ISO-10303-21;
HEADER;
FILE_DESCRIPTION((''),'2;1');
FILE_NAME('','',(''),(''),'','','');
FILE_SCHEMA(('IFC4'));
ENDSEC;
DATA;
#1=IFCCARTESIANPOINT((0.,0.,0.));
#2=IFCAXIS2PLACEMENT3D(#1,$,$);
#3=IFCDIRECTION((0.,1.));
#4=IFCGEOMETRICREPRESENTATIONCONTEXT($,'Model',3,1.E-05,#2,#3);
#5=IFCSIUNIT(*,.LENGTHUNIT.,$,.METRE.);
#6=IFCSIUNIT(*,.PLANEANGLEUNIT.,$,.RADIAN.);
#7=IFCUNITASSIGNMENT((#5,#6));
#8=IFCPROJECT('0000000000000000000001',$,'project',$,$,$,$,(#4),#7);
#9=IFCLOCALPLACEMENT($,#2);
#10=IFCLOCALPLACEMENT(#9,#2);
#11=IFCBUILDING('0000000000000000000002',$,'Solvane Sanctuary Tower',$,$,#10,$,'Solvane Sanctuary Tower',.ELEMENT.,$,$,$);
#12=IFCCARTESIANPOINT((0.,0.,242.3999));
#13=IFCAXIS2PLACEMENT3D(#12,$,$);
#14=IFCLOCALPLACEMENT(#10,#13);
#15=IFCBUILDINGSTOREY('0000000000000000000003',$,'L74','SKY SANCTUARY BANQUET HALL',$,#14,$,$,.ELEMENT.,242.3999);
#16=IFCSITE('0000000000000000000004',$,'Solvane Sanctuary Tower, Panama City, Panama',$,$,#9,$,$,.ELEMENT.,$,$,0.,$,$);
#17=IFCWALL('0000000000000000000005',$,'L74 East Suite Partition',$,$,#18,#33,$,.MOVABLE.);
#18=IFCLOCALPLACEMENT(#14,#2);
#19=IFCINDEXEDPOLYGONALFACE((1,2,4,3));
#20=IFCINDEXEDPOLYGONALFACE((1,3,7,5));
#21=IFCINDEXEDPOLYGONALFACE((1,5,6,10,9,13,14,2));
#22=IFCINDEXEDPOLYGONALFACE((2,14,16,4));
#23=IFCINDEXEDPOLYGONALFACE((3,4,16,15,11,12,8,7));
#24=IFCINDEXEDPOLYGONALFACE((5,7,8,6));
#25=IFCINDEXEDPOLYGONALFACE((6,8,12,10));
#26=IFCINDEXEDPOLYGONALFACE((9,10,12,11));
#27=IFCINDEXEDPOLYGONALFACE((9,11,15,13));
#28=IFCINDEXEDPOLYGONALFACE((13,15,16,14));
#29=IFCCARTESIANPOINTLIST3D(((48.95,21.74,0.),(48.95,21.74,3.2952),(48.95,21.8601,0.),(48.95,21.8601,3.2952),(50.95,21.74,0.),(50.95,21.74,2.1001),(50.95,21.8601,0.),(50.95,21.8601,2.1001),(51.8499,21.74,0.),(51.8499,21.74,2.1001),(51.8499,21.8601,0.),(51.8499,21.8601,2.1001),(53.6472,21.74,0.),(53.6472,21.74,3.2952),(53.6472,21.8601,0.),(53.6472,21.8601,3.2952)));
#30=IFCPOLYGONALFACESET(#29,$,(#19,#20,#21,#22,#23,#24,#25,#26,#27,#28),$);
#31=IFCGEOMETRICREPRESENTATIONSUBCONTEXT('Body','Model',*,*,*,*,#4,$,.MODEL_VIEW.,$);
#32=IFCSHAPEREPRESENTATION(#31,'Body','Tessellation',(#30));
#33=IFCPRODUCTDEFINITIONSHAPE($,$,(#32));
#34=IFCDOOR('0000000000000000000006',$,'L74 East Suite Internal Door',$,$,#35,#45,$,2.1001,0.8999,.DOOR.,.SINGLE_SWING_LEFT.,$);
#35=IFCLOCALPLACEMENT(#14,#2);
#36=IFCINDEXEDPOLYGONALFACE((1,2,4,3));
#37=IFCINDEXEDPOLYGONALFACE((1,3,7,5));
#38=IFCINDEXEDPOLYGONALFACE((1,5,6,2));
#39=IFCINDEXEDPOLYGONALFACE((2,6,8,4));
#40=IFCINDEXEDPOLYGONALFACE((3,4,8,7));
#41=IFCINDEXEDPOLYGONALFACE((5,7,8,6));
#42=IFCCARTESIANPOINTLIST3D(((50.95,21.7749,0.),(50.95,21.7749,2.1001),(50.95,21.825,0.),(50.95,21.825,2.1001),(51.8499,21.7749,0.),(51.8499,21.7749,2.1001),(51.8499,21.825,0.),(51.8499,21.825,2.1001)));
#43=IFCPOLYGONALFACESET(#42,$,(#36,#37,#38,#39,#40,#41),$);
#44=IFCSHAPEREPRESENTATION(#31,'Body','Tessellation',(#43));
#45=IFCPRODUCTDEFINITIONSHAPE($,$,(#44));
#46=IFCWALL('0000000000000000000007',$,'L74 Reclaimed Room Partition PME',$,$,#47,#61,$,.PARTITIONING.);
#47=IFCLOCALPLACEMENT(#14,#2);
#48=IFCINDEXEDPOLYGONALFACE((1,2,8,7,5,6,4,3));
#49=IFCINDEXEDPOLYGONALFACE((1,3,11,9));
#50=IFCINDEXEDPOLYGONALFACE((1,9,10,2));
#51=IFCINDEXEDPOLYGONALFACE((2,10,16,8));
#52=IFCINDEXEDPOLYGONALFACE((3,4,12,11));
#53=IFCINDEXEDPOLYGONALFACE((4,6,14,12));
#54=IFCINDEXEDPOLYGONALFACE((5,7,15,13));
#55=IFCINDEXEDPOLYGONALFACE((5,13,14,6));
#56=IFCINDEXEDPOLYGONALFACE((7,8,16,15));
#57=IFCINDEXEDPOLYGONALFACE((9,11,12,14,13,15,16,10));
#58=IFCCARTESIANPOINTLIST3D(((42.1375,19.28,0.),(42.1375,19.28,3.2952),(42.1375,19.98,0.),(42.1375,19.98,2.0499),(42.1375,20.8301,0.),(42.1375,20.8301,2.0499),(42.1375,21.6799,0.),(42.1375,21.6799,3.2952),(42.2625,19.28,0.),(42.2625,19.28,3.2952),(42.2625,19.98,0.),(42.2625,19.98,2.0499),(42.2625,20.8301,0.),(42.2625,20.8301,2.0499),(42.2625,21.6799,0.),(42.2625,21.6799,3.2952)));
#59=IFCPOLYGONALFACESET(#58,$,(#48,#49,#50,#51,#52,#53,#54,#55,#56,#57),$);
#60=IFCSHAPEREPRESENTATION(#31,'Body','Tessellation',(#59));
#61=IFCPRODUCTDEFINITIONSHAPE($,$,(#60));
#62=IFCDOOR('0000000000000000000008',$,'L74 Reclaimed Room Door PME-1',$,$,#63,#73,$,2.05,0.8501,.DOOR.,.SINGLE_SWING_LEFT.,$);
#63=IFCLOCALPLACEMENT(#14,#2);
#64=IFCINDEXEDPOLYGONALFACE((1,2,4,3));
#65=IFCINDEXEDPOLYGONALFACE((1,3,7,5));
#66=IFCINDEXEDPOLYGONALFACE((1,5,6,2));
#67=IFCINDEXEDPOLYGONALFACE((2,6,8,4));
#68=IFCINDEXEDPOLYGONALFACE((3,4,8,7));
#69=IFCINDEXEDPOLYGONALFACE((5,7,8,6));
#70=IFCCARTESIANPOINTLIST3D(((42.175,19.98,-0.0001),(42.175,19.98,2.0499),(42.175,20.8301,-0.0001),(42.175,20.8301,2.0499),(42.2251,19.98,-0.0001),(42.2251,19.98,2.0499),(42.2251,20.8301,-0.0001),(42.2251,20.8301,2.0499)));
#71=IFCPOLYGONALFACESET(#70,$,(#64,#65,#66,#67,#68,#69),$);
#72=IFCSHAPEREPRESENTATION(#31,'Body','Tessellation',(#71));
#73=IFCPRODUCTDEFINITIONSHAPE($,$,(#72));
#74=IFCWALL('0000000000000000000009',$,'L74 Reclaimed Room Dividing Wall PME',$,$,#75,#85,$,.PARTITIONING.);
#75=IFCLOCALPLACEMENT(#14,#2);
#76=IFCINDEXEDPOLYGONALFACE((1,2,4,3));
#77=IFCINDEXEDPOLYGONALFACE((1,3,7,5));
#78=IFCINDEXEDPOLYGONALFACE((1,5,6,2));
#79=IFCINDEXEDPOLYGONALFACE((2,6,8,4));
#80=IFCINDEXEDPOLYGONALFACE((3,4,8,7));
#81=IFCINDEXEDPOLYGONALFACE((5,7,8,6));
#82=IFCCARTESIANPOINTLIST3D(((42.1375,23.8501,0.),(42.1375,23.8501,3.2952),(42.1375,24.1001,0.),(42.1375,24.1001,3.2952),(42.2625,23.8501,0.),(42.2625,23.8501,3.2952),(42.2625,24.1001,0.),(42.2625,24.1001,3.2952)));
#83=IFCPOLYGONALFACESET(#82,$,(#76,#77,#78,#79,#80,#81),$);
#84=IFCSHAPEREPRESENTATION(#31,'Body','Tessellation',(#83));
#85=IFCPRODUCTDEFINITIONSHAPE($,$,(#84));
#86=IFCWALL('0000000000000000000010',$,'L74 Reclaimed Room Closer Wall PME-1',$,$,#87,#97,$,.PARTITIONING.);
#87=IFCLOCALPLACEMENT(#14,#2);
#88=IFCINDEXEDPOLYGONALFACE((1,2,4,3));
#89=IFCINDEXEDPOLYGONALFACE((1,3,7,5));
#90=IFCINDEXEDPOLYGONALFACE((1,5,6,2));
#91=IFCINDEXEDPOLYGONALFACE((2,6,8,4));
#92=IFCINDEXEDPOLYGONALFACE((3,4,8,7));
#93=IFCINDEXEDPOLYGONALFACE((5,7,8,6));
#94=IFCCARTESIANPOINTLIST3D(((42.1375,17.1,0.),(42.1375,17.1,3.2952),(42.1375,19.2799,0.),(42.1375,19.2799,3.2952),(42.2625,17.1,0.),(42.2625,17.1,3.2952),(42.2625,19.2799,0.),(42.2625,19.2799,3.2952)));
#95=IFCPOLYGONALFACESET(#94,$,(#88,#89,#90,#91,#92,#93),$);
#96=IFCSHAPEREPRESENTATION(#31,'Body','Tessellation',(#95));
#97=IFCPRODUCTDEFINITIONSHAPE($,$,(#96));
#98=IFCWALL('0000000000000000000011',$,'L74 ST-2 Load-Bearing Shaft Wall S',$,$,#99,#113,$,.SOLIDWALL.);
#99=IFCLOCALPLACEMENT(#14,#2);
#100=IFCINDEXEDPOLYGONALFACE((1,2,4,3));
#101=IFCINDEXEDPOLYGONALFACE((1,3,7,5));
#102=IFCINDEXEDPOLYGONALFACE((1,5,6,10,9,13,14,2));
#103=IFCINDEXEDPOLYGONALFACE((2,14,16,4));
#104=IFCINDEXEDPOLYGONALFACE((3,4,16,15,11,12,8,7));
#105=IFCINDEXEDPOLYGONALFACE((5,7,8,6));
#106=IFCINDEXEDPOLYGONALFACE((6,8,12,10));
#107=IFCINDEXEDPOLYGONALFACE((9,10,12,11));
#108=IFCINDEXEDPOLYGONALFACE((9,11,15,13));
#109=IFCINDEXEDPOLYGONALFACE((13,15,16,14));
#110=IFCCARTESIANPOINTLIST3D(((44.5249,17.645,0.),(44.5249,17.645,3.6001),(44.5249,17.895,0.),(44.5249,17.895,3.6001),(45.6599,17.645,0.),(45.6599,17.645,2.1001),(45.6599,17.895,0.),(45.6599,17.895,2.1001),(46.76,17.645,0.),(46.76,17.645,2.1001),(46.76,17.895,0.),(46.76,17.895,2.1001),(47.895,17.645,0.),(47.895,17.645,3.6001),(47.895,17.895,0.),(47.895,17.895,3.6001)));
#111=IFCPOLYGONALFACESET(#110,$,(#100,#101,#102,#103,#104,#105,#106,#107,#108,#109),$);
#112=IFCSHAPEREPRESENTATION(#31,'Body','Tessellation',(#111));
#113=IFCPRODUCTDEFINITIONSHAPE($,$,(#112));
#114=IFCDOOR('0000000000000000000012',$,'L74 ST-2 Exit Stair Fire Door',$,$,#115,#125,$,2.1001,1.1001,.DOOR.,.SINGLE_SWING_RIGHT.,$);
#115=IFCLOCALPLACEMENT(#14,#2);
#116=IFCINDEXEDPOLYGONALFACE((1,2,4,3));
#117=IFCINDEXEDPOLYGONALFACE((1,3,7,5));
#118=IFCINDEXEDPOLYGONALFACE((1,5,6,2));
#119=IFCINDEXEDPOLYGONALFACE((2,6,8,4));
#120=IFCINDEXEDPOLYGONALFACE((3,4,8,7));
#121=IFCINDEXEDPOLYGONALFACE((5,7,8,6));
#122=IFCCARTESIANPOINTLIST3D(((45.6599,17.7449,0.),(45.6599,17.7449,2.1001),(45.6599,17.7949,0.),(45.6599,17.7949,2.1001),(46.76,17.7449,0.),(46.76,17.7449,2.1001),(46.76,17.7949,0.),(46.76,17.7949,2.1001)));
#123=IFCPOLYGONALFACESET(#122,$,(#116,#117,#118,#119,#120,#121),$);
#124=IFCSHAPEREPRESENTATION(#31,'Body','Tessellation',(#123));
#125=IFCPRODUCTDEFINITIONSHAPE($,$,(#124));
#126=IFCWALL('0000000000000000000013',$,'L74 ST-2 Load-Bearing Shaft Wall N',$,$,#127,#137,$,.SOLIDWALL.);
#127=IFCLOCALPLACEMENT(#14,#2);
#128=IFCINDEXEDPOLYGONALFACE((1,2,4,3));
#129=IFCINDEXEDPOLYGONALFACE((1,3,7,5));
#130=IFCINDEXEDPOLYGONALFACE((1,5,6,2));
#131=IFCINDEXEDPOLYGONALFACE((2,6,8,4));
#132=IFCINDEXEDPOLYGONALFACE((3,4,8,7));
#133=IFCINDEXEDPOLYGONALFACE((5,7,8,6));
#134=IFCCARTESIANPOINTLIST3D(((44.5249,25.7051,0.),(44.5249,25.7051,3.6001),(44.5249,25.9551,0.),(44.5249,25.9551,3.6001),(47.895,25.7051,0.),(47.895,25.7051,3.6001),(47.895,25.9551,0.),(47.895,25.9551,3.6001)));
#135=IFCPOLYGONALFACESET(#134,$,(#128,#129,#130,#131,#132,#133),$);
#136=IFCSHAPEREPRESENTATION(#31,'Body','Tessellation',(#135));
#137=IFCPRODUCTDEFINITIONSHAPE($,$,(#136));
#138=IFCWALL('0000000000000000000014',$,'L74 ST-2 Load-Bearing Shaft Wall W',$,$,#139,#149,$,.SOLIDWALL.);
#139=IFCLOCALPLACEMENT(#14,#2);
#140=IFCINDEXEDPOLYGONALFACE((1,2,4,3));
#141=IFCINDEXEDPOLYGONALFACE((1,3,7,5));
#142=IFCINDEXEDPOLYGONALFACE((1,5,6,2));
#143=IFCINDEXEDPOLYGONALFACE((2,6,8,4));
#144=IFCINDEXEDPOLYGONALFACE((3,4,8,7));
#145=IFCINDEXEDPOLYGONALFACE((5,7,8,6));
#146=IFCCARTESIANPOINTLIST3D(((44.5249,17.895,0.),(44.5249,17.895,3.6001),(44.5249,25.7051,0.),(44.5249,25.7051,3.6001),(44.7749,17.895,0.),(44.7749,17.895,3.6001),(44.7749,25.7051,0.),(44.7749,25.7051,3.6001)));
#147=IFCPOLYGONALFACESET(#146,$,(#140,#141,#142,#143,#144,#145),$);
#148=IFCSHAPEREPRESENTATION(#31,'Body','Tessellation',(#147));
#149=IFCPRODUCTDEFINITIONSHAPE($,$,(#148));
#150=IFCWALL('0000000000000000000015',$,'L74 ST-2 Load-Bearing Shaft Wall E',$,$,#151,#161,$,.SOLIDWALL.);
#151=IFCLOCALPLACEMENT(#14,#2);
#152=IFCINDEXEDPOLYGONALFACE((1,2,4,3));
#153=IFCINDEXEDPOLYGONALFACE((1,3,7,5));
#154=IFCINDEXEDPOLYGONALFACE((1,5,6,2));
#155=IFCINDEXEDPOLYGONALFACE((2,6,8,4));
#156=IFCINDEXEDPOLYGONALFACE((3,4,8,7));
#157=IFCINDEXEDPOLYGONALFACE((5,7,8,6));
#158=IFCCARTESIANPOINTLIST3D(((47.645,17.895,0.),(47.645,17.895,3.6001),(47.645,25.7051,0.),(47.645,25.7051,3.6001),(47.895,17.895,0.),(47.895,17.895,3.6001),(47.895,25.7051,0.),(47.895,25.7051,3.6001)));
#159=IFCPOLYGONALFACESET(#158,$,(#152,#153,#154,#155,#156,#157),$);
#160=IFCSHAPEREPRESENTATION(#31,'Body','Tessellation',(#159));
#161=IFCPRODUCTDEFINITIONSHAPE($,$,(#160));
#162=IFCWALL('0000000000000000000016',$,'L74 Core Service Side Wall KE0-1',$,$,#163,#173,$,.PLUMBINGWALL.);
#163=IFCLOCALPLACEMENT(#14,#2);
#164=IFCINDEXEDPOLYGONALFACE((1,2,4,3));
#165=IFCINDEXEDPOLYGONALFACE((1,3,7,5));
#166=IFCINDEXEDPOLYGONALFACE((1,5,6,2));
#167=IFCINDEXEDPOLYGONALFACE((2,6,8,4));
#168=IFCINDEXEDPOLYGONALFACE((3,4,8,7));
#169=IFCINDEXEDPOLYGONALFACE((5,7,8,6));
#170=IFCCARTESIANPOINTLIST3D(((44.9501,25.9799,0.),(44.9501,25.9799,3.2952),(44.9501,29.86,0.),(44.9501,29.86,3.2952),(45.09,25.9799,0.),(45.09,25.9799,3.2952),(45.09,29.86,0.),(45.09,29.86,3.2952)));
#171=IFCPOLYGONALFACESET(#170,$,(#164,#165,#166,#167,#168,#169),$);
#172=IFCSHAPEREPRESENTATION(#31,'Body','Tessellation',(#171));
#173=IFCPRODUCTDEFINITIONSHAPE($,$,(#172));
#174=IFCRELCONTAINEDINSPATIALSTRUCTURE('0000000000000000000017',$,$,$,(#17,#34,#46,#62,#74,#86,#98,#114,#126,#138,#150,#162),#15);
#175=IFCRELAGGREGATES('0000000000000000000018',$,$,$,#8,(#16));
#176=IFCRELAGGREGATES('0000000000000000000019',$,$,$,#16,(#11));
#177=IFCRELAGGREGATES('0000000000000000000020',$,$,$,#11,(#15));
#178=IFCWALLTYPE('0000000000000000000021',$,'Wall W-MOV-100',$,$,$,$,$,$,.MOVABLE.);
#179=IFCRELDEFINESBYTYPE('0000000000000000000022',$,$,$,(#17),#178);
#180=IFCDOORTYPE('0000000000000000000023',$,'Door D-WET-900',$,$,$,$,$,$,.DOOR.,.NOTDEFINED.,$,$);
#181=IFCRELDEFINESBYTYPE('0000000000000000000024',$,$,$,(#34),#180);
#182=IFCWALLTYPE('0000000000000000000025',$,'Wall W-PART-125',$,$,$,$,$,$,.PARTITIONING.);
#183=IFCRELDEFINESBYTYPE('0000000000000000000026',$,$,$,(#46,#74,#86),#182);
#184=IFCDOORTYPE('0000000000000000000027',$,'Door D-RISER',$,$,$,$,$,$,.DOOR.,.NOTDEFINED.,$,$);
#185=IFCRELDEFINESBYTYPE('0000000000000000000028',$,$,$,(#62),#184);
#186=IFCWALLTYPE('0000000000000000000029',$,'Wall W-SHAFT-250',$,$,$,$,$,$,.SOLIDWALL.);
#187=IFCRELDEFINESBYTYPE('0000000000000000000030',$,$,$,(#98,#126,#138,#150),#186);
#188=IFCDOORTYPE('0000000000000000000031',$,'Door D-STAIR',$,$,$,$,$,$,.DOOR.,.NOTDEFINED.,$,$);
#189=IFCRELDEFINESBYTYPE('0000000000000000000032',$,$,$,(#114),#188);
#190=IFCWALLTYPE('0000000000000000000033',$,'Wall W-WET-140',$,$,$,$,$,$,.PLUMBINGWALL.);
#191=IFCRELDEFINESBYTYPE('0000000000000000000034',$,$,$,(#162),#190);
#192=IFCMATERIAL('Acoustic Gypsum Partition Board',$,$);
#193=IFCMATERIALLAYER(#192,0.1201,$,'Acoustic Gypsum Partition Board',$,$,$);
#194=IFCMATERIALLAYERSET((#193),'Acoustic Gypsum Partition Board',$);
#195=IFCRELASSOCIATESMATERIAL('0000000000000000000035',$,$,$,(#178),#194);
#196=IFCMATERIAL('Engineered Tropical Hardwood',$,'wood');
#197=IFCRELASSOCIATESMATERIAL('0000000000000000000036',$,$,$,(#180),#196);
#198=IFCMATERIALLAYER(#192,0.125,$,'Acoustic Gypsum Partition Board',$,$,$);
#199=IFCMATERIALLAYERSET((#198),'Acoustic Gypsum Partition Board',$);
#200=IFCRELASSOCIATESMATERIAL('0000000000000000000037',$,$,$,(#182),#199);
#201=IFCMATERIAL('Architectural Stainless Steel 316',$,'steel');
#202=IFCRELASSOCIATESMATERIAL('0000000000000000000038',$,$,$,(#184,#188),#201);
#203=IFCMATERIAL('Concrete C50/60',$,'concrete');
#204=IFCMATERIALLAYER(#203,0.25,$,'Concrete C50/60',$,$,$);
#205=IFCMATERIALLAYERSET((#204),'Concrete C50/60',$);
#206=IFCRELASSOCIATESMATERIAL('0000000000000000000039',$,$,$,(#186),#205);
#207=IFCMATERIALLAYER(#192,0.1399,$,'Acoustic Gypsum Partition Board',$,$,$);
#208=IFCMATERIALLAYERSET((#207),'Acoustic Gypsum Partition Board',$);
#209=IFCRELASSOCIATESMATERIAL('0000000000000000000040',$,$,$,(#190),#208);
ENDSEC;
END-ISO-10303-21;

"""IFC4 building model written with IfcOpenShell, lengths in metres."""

from ifc_helpers import new_model, si_unit, direction, frame, frame_2d, origin, place, context, subcontext, project, spatial, rectangle, extrude, material, layer, layer_set, type_object, element, fill, save


model = new_model("IFC4")

# Units and contexts
model_context = context("Model", 3, precision=1e-05, world=origin(), true_north=direction((0.0, 1.0)))
body_context = subcontext(model_context, "Body", "Model", "MODEL_VIEW")
ifc_project = project(units=[si_unit("LENGTHUNIT", "METRE"), si_unit("PLANEANGLEUNIT", "RADIAN")], contexts=[model_context])

# Site, building, storey
site_placement = place(None, origin())
site = spatial("IfcSite", under=ifc_project, at=site_placement, Name="Solvane Sanctuary Tower, Panama City, Panama", CompositionType="ELEMENT", RefElevation=0.0)
building_placement = place(site_placement, origin())
building = spatial("IfcBuilding", under=site, at=building_placement, Name="Solvane Sanctuary Tower", LongName="Solvane Sanctuary Tower", CompositionType="ELEMENT")
storey_placement = place(building_placement, frame((0.0, 0.0, 242.3999)))
storey = spatial("IfcBuildingStorey", under=building, at=storey_placement, Name="L74", Description="SKY SANCTUARY BANQUET HALL", CompositionType="ELEMENT", Elevation=242.3999)

# Shared definitions
ifc_material_1 = material(Name="Concrete C50/60", Category="concrete")
ifc_material_2 = material(Name="Acoustic Gypsum Partition Board")

# Shared definitions
ifc_material_3 = material(Name="Engineered Tropical Hardwood", Category="wood")

# Walls, openings, doors
ifc_layer_1 = layer(ifc_material_2, 0.1201, Name="Acoustic Gypsum Partition Board")
ifc_layer_set_1 = layer_set([ifc_layer_1], Name="Acoustic Gypsum Partition Board")
wall_type_1 = type_object("IfcWallType", Name="Wall W-MOV-100", PredefinedType="MOVABLE", material=ifc_layer_set_1)
wall_1_placement = place(storey_placement, frame((48.95, 21.8, 0.0), z_axis=(0.0, 0.0, 1.0), x_axis=(1.0, 0.0, 0.0)))
wall_1 = element("IfcWall", 1, at=wall_1_placement, inside=storey, type_object=wall_type_1, Name="L74 East Suite Partition", PredefinedType="MOVABLE", context=body_context, shape_type="SweptSolid", body=[
    extrude(rectangle(XDim=4.6973, YDim=0.1201, at=frame_2d((2.3486, 0.0))), origin(), (0.0, 0.0, 1.0), 3.2952),
])
opening_1_placement = place(wall_1_placement, frame((2.0, 0.0, 0.0)))
opening_1 = element("IfcOpeningElement", 2, at=opening_1_placement, cuts=wall_1, PredefinedType="OPENING", context=body_context, shape_type="SweptSolid", body=[
    extrude(rectangle(XDim=0.8999, YDim=2.1001, at=frame_2d((0.45, 1.05))), frame((0.0, 0.0701, 0.0), z_axis=(0.0, -1.0, 0.0), x_axis=(1.0, 0.0, 0.0)), (0.0, 0.0, 1.0), 0.1401),
])
door_type_1 = type_object("IfcDoorType", Name="Door D-WET-900", OperationType="NOTDEFINED", PredefinedType="DOOR", material=ifc_material_3)
door_1_placement = place(opening_1_placement, origin())
door_1 = element("IfcDoor", 3, at=door_1_placement, inside=storey, type_object=door_type_1, Name="L74 East Suite Internal Door", OperationType="SINGLE_SWING_LEFT", OverallHeight=2.1001, OverallWidth=0.8999, PredefinedType="DOOR", context=body_context, shape_type="SweptSolid", body=[
    extrude(rectangle(XDim=0.8999, YDim=2.1001, at=frame_2d((0.45, 1.05))), frame((0.0, 0.0249, 0.0), z_axis=(0.0, -1.0, 0.0), x_axis=(1.0, 0.0, 0.0)), (0.0, 0.0, 1.0), 0.05),
])
fill(opening_1, door_1)
ifc_layer_2 = layer(ifc_material_2, 0.125, Name="Acoustic Gypsum Partition Board")
ifc_layer_set_2 = layer_set([ifc_layer_2], Name="Acoustic Gypsum Partition Board")
wall_type_2 = type_object("IfcWallType", Name="Wall W-PART-125", PredefinedType="PARTITIONING", material=ifc_layer_set_2)
wall_2_placement = place(storey_placement, frame((42.2, 19.28, 0.0), z_axis=(0.0, 0.0, 1.0), x_axis=(0.0, 1.0, 0.0)))
wall_2 = element("IfcWall", 4, at=wall_2_placement, inside=storey, type_object=wall_type_2, Name="L74 Reclaimed Room Partition PME", PredefinedType="PARTITIONING", context=body_context, shape_type="SweptSolid", body=[
    extrude(rectangle(XDim=2.3999, YDim=0.125, at=frame_2d((1.2, 0.0))), origin(), (0.0, 0.0, 1.0), 3.2952),
])
opening_2_placement = place(wall_2_placement, frame((0.7, 0.0, 0.0)))
opening_2 = element("IfcOpeningElement", 5, at=opening_2_placement, cuts=wall_2, PredefinedType="OPENING", context=body_context, shape_type="SweptSolid", body=[
    extrude(rectangle(XDim=0.8501, YDim=2.05, at=frame_2d((0.425, 1.0249))), frame((0.0, 0.0725, 0.0), z_axis=(0.0, -1.0, 0.0), x_axis=(1.0, 0.0, 0.0)), (0.0, 0.0, 1.0), 0.145),
])
ifc_material_4 = material(Name="Architectural Stainless Steel 316", Category="steel")
door_type_2 = type_object("IfcDoorType", Name="Door D-RISER", OperationType="NOTDEFINED", PredefinedType="DOOR", material=ifc_material_4)
door_2_placement = place(opening_2_placement, origin())
door_2 = element("IfcDoor", 6, at=door_2_placement, inside=storey, type_object=door_type_2, Name="L74 Reclaimed Room Door PME-1", OperationType="SINGLE_SWING_LEFT", OverallHeight=2.05, OverallWidth=0.8501, PredefinedType="DOOR", context=body_context, shape_type="SweptSolid", body=[
    extrude(rectangle(XDim=0.8501, YDim=2.05, at=frame_2d((0.425, 1.0249))), frame((0.0, 0.0249, 0.0), z_axis=(0.0, -1.0, 0.0), x_axis=(1.0, 0.0, 0.0)), (0.0, 0.0, 1.0), 0.05),
])
fill(opening_2, door_2)

# Walls
wall_3_placement = place(storey_placement, frame((42.2, 23.8501, 0.0), z_axis=(0.0, 0.0, 1.0), x_axis=(0.0, 1.0, 0.0)))
element("IfcWall", 7, at=wall_3_placement, inside=storey, type_object=wall_type_2, Name="L74 Reclaimed Room Dividing Wall PME", PredefinedType="PARTITIONING", context=body_context, shape_type="SweptSolid", body=[
    extrude(rectangle(XDim=0.25, YDim=0.125, at=frame_2d((0.125, 0.0))), origin(), (0.0, 0.0, 1.0), 3.2952),
])
wall_4_placement = place(storey_placement, frame((42.2, 17.1001, 0.0), z_axis=(0.0, 0.0, 1.0), x_axis=(0.0, 1.0, 0.0)))
element("IfcWall", 8, at=wall_4_placement, inside=storey, type_object=wall_type_2, Name="L74 Reclaimed Room Closer Wall PME-1", PredefinedType="PARTITIONING", context=body_context, shape_type="SweptSolid", body=[
    extrude(rectangle(XDim=2.1799, YDim=0.125, at=frame_2d((1.0898, 0.0))), origin(), (0.0, 0.0, 1.0), 3.2952),
])

# Wall, opening, door
ifc_layer_3 = layer(ifc_material_1, 0.25, Name="Concrete C50/60")
ifc_layer_set_3 = layer_set([ifc_layer_3], Name="Concrete C50/60")
wall_type_3 = type_object("IfcWallType", Name="Wall W-SHAFT-250", PredefinedType="SOLIDWALL", material=ifc_layer_set_3)
wall_5_placement = place(storey_placement, frame((44.5249, 17.77, 0.0), z_axis=(0.0, 0.0, 1.0), x_axis=(1.0, 0.0, 0.0)))
wall_5 = element("IfcWall", 9, at=wall_5_placement, inside=storey, type_object=wall_type_3, Name="L74 ST-2 Load-Bearing Shaft Wall S", PredefinedType="SOLIDWALL", context=body_context, shape_type="SweptSolid", body=[
    extrude(rectangle(XDim=3.3701, YDim=0.25, at=frame_2d((1.6851, 0.0))), origin(), (0.0, 0.0, 1.0), 3.6001),
])
opening_3_placement = place(wall_5_placement, frame((1.135, 0.0, 0.0)))
opening_3 = element("IfcOpeningElement", 10, at=opening_3_placement, cuts=wall_5, PredefinedType="OPENING", context=body_context, shape_type="SweptSolid", body=[
    extrude(rectangle(XDim=1.1001, YDim=2.1001, at=frame_2d((0.55, 1.05))), frame((0.0, 0.135, 0.0), z_axis=(0.0, -1.0, 0.0), x_axis=(1.0, 0.0, 0.0)), (0.0, 0.0, 1.0), 0.27),
])
door_type_3 = type_object("IfcDoorType", Name="Door D-STAIR", OperationType="NOTDEFINED", PredefinedType="DOOR", material=ifc_material_4)
door_3_placement = place(opening_3_placement, origin())
door_3 = element("IfcDoor", 11, at=door_3_placement, inside=storey, type_object=door_type_3, Name="L74 ST-2 Exit Stair Fire Door", OperationType="SINGLE_SWING_RIGHT", OverallHeight=2.1001, OverallWidth=1.1001, PredefinedType="DOOR", context=body_context, shape_type="SweptSolid", body=[
    extrude(rectangle(XDim=1.1001, YDim=2.1001, at=frame_2d((0.55, 1.05))), frame((0.0, 0.0249, 0.0), z_axis=(0.0, -1.0, 0.0), x_axis=(1.0, 0.0, 0.0)), (0.0, 0.0, 1.0), 0.05),
])
fill(opening_3, door_3)

# Walls
wall_6_placement = place(storey_placement, frame((44.5249, 25.8301, 0.0), z_axis=(0.0, 0.0, 1.0), x_axis=(1.0, 0.0, 0.0)))
element("IfcWall", 12, at=wall_6_placement, inside=storey, type_object=wall_type_3, Name="L74 ST-2 Load-Bearing Shaft Wall N", PredefinedType="SOLIDWALL", context=body_context, shape_type="SweptSolid", body=[
    extrude(rectangle(XDim=3.3701, YDim=0.25, at=frame_2d((1.6851, 0.0))), origin(), (0.0, 0.0, 1.0), 3.6001),
])
for number, where, z_axis, x_axis, name in (
    (13, (44.6499, 17.895, 0.0), (0.0, 0.0, 1.0), (0.0, 1.0, 0.0), "L74 ST-2 Load-Bearing Shaft Wall W"),
    (14, (47.77, 17.895, 0.0), (0.0, 0.0, 1.0), (0.0, 1.0, 0.0), "L74 ST-2 Load-Bearing Shaft Wall E"),
):
    element("IfcWall", number, at=place(storey_placement, frame(where, z_axis=z_axis, x_axis=x_axis)), inside=storey, type_object=wall_type_3, Name=name, PredefinedType="SOLIDWALL", context=body_context, shape_type="SweptSolid", body=[
        extrude(rectangle(XDim=7.8101, YDim=0.25, at=frame_2d((3.905, 0.0))), origin(), (0.0, 0.0, 1.0), 3.6001),
    ])
ifc_layer_4 = layer(ifc_material_2, 0.1399, Name="Acoustic Gypsum Partition Board")
ifc_layer_set_4 = layer_set([ifc_layer_4], Name="Acoustic Gypsum Partition Board")
wall_type_4 = type_object("IfcWallType", Name="Wall W-WET-140", PredefinedType="PLUMBINGWALL", material=ifc_layer_set_4)
for number, where, z_axis, x_axis, name in (
    (15, (45.02, 25.98, 0.0), (0.0, 0.0, 1.0), (0.0, 1.0, 0.0), "L74 Core Service Side Wall KE0-1"),
):
    element("IfcWall", number, at=place(storey_placement, frame(where, z_axis=z_axis, x_axis=x_axis)), inside=storey, type_object=wall_type_4, Name=name, PredefinedType="PLUMBINGWALL", context=body_context, shape_type="SweptSolid", body=[
        extrude(rectangle(XDim=3.8801, YDim=0.1399, at=frame_2d((1.9399, 0.0))), origin(), (0.0, 0.0, 1.0), 3.2952),
    ])

save(model, "model.ifc")
